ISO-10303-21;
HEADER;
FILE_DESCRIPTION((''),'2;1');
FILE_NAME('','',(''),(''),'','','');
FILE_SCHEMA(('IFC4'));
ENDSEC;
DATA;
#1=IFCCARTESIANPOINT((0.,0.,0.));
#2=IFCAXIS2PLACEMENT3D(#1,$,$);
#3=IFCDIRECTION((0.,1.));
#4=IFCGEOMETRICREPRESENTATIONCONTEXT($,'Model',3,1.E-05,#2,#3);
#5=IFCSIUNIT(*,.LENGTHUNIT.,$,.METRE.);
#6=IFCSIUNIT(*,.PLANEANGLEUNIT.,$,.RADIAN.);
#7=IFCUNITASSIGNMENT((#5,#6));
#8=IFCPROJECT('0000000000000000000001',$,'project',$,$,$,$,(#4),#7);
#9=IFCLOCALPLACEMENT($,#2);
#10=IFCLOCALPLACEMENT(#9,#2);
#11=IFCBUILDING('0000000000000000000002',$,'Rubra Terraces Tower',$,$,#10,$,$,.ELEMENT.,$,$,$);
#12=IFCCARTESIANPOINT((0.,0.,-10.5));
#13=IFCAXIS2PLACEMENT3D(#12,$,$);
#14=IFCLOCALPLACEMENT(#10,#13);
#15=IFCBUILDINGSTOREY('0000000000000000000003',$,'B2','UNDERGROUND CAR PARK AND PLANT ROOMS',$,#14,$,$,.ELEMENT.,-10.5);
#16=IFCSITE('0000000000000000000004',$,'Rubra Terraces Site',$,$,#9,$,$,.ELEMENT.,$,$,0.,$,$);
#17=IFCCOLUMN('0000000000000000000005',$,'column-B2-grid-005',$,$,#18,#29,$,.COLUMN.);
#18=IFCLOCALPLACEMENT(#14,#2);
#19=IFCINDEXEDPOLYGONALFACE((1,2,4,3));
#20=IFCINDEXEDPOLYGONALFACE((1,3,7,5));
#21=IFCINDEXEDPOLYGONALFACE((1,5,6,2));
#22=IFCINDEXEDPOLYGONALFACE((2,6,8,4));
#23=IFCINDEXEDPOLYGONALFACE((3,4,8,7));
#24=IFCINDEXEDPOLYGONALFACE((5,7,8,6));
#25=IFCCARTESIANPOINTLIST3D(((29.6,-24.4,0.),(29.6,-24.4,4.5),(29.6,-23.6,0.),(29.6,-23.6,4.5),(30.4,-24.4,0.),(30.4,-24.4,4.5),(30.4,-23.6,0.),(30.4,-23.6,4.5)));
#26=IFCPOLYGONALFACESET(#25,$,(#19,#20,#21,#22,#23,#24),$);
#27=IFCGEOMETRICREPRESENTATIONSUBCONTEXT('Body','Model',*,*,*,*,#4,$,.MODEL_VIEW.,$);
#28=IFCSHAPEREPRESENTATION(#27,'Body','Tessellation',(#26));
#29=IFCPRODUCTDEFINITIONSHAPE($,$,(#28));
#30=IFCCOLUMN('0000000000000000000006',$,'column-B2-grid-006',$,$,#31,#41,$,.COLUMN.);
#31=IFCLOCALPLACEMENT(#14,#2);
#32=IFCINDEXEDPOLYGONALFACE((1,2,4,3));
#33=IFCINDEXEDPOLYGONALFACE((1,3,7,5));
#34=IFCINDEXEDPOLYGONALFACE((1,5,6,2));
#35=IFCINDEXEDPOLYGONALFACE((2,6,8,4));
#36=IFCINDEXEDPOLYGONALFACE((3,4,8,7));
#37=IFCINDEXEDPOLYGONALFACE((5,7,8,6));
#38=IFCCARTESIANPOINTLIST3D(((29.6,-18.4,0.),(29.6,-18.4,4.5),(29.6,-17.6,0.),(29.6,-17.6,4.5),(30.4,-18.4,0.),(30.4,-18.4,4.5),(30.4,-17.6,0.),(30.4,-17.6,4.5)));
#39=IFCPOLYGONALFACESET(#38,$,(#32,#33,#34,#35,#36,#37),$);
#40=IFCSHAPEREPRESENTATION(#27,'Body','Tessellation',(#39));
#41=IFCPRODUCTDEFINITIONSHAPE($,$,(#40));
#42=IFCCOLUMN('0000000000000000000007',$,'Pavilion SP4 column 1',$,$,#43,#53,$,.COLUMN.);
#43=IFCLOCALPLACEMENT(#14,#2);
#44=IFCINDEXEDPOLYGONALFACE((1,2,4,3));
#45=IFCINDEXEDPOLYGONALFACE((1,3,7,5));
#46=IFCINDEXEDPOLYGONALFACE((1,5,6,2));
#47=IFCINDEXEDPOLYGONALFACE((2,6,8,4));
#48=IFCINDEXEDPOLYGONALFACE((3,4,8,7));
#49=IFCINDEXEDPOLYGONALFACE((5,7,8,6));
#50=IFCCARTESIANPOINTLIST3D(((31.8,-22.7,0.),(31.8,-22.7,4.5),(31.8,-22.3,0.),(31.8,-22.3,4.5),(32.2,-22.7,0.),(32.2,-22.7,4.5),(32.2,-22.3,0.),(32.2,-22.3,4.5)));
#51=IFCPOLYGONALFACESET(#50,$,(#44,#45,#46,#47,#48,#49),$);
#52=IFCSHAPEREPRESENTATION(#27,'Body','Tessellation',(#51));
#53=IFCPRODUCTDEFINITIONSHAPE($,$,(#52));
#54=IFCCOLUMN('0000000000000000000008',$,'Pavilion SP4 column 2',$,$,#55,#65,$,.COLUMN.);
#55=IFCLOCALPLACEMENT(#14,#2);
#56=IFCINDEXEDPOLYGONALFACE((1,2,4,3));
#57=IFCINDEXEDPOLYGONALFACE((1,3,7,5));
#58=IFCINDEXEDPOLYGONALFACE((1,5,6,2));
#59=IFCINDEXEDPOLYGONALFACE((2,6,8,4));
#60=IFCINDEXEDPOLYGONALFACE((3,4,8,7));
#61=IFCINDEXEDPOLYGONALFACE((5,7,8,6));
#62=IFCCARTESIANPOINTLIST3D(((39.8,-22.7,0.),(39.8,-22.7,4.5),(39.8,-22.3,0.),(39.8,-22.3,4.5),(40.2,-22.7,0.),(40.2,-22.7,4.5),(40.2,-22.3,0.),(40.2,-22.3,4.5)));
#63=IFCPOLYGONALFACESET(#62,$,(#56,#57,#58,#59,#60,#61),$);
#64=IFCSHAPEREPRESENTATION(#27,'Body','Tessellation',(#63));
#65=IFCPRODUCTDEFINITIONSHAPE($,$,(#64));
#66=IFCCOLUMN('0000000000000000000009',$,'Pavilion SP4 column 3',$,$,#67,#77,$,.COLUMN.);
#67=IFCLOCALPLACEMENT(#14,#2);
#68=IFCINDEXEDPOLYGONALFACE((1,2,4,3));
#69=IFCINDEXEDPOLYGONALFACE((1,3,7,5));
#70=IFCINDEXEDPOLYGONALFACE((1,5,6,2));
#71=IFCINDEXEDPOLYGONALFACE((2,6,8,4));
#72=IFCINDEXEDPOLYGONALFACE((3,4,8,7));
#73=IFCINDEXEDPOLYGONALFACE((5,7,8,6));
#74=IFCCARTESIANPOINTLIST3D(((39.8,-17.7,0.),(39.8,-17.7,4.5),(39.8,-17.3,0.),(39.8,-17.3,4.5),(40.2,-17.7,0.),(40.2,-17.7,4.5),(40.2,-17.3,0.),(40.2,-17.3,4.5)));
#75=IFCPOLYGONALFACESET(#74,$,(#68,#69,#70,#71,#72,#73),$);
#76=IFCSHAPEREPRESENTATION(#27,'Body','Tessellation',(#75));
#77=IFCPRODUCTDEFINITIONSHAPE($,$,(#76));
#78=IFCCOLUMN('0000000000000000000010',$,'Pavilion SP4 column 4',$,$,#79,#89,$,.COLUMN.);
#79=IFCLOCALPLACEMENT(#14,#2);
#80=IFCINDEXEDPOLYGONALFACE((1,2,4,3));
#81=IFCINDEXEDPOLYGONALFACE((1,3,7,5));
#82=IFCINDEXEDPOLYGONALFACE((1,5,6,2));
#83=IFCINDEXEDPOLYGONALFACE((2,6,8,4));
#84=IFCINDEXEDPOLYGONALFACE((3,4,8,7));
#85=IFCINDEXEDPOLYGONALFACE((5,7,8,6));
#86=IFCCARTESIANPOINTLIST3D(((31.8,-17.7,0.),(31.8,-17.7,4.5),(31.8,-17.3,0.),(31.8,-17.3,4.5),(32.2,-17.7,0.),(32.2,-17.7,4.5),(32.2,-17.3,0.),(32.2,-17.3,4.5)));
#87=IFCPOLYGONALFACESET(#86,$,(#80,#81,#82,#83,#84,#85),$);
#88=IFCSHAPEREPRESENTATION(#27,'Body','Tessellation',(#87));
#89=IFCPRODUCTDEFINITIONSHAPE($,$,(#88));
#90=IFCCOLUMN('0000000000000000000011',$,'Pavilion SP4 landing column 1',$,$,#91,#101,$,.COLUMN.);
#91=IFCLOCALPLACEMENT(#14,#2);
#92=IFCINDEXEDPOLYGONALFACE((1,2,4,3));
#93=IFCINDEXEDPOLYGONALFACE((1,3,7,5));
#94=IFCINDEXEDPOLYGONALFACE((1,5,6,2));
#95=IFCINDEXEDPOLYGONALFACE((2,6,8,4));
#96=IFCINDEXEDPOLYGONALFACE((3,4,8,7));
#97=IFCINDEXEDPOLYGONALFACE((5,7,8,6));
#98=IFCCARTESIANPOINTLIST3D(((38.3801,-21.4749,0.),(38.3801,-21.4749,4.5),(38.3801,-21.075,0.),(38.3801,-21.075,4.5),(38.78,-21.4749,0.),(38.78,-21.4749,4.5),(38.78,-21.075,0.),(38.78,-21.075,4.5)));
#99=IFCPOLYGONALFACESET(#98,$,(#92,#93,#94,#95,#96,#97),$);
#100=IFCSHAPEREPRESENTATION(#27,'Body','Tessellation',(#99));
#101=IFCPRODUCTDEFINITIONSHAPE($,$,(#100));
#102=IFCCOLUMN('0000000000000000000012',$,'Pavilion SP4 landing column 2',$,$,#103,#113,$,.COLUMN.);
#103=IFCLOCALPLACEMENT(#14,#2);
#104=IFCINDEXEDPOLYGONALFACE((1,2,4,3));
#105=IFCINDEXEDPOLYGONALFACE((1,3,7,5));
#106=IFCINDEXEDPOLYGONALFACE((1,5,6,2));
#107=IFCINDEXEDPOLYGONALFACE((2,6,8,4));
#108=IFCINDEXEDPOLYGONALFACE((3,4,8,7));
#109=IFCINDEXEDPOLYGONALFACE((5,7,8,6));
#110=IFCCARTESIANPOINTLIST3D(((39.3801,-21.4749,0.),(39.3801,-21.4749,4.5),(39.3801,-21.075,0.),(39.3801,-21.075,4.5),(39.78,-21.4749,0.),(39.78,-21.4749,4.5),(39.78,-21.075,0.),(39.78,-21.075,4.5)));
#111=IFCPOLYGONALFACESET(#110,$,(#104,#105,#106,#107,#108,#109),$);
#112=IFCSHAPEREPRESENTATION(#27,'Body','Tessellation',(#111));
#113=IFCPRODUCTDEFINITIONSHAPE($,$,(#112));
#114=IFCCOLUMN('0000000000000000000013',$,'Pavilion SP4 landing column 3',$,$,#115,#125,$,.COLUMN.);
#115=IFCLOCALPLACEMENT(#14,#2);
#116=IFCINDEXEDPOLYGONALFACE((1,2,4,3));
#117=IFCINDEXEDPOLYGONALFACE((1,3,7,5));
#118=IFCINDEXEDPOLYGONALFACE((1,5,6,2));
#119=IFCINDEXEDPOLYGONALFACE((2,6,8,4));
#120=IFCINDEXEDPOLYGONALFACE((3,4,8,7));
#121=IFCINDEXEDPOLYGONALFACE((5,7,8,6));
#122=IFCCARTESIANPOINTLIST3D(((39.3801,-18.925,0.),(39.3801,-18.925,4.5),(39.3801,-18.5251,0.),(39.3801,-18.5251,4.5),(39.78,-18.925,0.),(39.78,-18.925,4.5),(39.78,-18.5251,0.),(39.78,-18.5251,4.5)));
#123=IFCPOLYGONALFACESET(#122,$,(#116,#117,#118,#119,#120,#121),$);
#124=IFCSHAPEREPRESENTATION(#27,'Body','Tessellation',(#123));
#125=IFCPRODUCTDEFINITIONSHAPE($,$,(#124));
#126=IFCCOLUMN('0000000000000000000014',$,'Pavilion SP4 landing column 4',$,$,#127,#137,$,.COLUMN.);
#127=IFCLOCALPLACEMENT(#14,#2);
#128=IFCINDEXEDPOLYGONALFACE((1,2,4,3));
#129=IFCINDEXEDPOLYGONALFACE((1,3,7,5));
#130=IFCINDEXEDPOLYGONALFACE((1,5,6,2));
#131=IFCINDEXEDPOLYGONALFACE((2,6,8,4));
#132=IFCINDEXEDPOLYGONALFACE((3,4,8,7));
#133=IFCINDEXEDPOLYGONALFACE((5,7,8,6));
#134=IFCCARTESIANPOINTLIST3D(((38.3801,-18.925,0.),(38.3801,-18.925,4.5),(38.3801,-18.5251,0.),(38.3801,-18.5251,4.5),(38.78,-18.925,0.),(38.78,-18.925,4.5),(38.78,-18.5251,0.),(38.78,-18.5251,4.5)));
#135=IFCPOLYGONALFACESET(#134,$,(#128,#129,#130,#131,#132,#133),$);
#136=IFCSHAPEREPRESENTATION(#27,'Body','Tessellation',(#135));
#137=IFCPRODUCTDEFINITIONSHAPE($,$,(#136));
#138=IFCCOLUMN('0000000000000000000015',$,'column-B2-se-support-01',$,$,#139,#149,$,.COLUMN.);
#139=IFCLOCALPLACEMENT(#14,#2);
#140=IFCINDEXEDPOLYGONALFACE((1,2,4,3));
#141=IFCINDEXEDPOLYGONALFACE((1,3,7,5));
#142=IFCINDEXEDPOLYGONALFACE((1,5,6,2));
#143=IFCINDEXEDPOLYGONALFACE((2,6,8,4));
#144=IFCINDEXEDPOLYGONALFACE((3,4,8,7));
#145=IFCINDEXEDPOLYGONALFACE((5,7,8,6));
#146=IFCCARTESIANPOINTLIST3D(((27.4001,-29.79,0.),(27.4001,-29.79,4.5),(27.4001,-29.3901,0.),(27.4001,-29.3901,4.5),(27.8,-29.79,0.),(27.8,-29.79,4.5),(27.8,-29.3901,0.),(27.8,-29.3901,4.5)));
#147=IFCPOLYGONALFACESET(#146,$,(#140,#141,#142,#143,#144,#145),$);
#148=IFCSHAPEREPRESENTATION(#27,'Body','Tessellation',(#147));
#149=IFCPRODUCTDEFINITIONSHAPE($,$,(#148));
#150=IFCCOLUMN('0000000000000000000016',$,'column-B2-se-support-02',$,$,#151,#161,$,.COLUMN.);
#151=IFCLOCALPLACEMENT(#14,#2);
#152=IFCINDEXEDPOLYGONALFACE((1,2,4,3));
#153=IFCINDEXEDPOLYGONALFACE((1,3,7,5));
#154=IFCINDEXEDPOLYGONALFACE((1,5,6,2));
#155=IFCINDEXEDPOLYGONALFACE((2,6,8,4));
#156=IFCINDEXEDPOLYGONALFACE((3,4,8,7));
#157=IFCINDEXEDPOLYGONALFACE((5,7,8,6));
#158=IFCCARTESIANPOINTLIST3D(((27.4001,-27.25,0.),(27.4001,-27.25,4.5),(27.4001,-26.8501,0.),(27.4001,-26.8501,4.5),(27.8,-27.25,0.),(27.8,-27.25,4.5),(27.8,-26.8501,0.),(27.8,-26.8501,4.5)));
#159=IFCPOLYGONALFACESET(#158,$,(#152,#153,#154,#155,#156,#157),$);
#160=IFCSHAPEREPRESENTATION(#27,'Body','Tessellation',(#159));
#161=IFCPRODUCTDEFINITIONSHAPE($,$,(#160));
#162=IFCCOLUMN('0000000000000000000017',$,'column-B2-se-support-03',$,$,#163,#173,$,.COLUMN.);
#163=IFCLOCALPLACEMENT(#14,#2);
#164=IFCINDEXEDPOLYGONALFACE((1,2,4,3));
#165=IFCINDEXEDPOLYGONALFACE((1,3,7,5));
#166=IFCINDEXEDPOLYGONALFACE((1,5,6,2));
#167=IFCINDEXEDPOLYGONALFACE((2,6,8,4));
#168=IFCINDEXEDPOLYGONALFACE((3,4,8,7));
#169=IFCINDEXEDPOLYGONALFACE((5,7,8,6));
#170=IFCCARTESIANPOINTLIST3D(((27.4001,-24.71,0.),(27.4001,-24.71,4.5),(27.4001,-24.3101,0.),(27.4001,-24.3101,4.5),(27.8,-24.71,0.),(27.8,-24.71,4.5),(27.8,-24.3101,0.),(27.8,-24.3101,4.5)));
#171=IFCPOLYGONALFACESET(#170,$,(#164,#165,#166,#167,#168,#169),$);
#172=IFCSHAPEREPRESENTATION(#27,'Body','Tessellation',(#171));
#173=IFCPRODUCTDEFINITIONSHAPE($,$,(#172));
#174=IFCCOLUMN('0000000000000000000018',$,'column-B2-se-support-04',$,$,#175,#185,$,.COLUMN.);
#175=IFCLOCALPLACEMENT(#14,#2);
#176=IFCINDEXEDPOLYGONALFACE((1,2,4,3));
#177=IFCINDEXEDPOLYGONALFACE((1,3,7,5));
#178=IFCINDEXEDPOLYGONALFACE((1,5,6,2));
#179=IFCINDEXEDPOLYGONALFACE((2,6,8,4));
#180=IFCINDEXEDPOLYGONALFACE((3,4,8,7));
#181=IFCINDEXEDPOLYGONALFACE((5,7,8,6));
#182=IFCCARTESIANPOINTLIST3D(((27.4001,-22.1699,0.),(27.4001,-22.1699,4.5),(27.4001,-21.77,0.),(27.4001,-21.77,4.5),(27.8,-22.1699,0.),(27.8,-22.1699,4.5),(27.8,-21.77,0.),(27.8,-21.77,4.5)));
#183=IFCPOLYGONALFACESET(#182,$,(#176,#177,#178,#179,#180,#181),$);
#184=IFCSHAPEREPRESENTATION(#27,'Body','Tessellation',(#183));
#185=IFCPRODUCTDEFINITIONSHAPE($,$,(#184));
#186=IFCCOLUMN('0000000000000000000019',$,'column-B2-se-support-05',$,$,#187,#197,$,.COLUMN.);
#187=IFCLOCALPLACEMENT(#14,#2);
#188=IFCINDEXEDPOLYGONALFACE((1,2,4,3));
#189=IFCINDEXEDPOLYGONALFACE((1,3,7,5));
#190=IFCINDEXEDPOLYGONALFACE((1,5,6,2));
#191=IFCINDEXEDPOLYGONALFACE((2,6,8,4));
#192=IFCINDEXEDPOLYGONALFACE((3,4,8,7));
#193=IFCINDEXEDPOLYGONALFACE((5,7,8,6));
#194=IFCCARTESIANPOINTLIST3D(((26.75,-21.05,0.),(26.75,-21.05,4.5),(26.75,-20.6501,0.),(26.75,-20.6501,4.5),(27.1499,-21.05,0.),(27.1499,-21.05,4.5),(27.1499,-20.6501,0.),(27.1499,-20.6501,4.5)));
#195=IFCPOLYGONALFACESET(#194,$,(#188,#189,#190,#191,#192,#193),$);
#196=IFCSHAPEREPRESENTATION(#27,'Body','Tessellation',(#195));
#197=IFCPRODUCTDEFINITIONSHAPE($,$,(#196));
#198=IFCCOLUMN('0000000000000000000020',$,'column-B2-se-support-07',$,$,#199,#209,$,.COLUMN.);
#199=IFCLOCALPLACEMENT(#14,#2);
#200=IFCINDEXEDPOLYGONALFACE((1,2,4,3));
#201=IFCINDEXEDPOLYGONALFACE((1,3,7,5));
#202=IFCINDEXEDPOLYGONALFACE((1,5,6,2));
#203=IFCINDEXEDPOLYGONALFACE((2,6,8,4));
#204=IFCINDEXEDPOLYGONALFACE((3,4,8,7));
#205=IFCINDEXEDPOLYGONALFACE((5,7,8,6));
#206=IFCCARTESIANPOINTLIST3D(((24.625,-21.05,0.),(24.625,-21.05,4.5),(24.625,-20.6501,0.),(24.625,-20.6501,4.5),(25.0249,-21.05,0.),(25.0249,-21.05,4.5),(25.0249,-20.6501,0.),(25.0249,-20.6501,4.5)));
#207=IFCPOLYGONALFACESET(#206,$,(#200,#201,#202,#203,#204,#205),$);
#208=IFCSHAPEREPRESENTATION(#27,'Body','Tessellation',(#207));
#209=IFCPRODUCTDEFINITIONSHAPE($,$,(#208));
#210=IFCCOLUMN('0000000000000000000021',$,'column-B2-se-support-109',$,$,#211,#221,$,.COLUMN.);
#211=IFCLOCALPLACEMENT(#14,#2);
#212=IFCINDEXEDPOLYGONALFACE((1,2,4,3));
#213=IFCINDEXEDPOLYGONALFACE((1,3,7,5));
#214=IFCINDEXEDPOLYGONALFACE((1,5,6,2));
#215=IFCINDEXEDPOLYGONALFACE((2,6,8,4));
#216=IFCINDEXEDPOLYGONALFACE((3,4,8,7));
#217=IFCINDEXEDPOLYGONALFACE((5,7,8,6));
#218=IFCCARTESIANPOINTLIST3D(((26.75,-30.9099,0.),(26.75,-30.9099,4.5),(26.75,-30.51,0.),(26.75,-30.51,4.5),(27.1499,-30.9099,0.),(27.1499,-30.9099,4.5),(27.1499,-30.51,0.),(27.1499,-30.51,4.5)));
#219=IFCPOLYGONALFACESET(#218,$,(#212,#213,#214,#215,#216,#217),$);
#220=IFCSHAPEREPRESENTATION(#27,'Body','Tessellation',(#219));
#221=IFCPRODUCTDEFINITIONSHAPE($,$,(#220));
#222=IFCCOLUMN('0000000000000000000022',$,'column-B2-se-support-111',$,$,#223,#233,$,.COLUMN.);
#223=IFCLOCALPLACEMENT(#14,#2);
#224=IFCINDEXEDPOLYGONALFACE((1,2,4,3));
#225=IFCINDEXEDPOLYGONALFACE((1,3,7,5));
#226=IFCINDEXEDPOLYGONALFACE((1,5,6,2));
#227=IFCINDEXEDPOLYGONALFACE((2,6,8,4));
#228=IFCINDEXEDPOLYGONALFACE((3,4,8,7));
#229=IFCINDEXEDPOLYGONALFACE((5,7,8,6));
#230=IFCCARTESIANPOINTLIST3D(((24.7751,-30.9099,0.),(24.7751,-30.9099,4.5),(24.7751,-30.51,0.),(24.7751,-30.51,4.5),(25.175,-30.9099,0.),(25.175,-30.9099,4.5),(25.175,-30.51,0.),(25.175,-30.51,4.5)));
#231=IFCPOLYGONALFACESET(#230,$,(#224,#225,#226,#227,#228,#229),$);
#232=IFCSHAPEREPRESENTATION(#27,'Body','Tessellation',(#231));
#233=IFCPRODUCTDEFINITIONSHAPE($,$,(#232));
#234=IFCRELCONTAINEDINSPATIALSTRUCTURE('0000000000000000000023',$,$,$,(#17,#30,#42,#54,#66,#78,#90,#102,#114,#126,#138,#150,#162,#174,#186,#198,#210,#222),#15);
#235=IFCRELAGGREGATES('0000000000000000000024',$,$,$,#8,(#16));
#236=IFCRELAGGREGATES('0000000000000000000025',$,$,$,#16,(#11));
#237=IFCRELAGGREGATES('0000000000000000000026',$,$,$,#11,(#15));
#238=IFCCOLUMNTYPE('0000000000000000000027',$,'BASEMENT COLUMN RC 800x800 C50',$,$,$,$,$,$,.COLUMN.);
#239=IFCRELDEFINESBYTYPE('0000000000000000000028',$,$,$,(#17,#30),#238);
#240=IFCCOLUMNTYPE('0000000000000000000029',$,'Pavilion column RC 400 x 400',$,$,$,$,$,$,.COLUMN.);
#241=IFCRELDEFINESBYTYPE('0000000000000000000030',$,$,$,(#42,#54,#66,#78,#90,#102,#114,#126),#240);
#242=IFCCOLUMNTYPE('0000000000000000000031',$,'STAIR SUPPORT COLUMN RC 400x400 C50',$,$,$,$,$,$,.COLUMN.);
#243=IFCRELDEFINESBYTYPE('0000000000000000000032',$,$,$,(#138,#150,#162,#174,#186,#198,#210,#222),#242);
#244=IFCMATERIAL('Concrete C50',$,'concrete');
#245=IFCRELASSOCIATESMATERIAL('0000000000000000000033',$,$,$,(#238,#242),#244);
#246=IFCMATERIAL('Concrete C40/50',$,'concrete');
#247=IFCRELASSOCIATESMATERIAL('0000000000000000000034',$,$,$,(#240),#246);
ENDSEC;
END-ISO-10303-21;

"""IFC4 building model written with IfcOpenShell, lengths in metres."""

from ifc_helpers import new_model, si_unit, direction, frame, origin, origin_2d, place, context, subcontext, project, spatial, rectangle, extrude, material, material_profile, profile_set, type_object, element, save


model = new_model("IFC4")

# Units and contexts
model_context = context("Model", 3, precision=1e-05, world=origin(), true_north=direction((0.0, 1.0)))
body_context = subcontext(model_context, "Body", "Model", "MODEL_VIEW")
ifc_project = project(units=[si_unit("LENGTHUNIT", "METRE"), si_unit("PLANEANGLEUNIT", "RADIAN")], contexts=[model_context])

# Site, building, storey
site_placement = place(None, origin())
site = spatial("IfcSite", under=ifc_project, at=site_placement, Name="Rubra Terraces Site", CompositionType="ELEMENT", RefElevation=0.0)
building_placement = place(site_placement, origin())
building = spatial("IfcBuilding", under=site, at=building_placement, Name="Rubra Terraces Tower", CompositionType="ELEMENT")
storey_placement = place(building_placement, frame((0.0, 0.0, -10.5)))
storey = spatial("IfcBuildingStorey", under=building, at=storey_placement, Name="B2", Description="UNDERGROUND CAR PARK AND PLANT ROOMS", CompositionType="ELEMENT", Elevation=-10.5)

# Columns
ifc_material_1 = material(Name="Concrete C50", Category="concrete")
ifc_material_profile_1 = material_profile(ifc_material_1, rectangle(XDim=0.8, YDim=0.8, at=origin_2d()), Name="RC 800x800")
ifc_profile_set_1 = profile_set([ifc_material_profile_1], Name="Concrete C50")
column_type_1 = type_object("IfcColumnType", Name="BASEMENT COLUMN RC 800x800 C50", PredefinedType="COLUMN", material=ifc_profile_set_1)
for number, where, z_axis, x_axis, name in (
    (1, (30.0, -24.0, 0.0), (0.0, 0.0, 1.0), (1.0, 0.0, 0.0), "column-B2-grid-005"),
    (2, (30.0, -18.0, 0.0), (0.0, 0.0, 1.0), (1.0, 0.0, 0.0), "column-B2-grid-006"),
):
    element("IfcColumn", number, at=place(storey_placement, frame(where, z_axis=z_axis, x_axis=x_axis)), inside=storey, type_object=column_type_1, Name=name, PredefinedType="COLUMN", context=body_context, shape_type="SweptSolid", body=[
        extrude(rectangle(XDim=0.8, YDim=0.8, at=origin_2d()), origin(), (0.0, 0.0, 1.0), 4.5),
    ])
ifc_material_2 = material(Name="Concrete C40/50", Category="concrete")
ifc_material_profile_2 = material_profile(ifc_material_2, rectangle(XDim=0.3999, YDim=0.3999, at=origin_2d()), Name="RC 400x400")
ifc_profile_set_2 = profile_set([ifc_material_profile_2], Name="Concrete C40/50")
column_type_2 = type_object("IfcColumnType", Name="Pavilion column RC 400 x 400", PredefinedType="COLUMN", material=ifc_profile_set_2)
for number, where, z_axis, x_axis, name in (
    (3, (32.0, -22.5, 0.0), (0.0, 0.0, 1.0), (1.0, 0.0, 0.0), "Pavilion SP4 column 1"),
    (4, (40.0, -22.5, 0.0), (0.0, 0.0, 1.0), (1.0, 0.0, 0.0), "Pavilion SP4 column 2"),
    (5, (40.0, -17.5, 0.0), (0.0, 0.0, 1.0), (1.0, 0.0, 0.0), "Pavilion SP4 column 3"),
    (6, (32.0, -17.5, 0.0), (0.0, 0.0, 1.0), (1.0, 0.0, 0.0), "Pavilion SP4 column 4"),
    (7, (38.5801, -21.2749, 0.0), (0.0, 0.0, 1.0), (1.0, 0.0, 0.0), "Pavilion SP4 landing column 1"),
    (8, (39.5801, -21.2749, 0.0), (0.0, 0.0, 1.0), (1.0, 0.0, 0.0), "Pavilion SP4 landing column 2"),
    (9, (39.5801, -18.7251, 0.0), (0.0, 0.0, 1.0), (1.0, 0.0, 0.0), "Pavilion SP4 landing column 3"),
    (10, (38.5801, -18.7251, 0.0), (0.0, 0.0, 1.0), (1.0, 0.0, 0.0), "Pavilion SP4 landing column 4"),
):
    element("IfcColumn", number, at=place(storey_placement, frame(where, z_axis=z_axis, x_axis=x_axis)), inside=storey, type_object=column_type_2, Name=name, PredefinedType="COLUMN", context=body_context, shape_type="SweptSolid", body=[
        extrude(rectangle(XDim=0.3999, YDim=0.3999, at=origin_2d()), origin(), (0.0, 0.0, 1.0), 4.5),
    ])
ifc_material_profile_3 = material_profile(ifc_material_1, rectangle(XDim=0.3999, YDim=0.3999, at=origin_2d()), Name="RC 400x400")
ifc_profile_set_3 = profile_set([ifc_material_profile_3], Name="Concrete C50")
column_type_3 = type_object("IfcColumnType", Name="STAIR SUPPORT COLUMN RC 400x400 C50", PredefinedType="COLUMN", material=ifc_profile_set_3)
for number, where, z_axis, x_axis, name in (
    (11, (27.6001, -29.5901, 0.0), (0.0, 0.0, 1.0), (1.0, 0.0, 0.0), "column-B2-se-support-01"),
    (12, (27.6001, -27.05, 0.0), (0.0, 0.0, 1.0), (1.0, 0.0, 0.0), "column-B2-se-support-02"),
    (13, (27.6001, -24.51, 0.0), (0.0, 0.0, 1.0), (1.0, 0.0, 0.0), "column-B2-se-support-03"),
    (14, (27.6001, -21.97, 0.0), (0.0, 0.0, 1.0), (1.0, 0.0, 0.0), "column-B2-se-support-04"),
    (15, (26.95, -20.8501, 0.0), (0.0, 0.0, 1.0), (1.0, 0.0, 0.0), "column-B2-se-support-05"),
    (16, (24.825, -20.8501, 0.0), (0.0, 0.0, 1.0), (1.0, 0.0, 0.0), "column-B2-se-support-07"),
    (17, (26.95, -30.71, 0.0), (0.0, 0.0, 1.0), (1.0, 0.0, 0.0), "column-B2-se-support-109"),
    (18, (24.9751, -30.71, 0.0), (0.0, 0.0, 1.0), (1.0, 0.0, 0.0), "column-B2-se-support-111"),
):
    element("IfcColumn", number, at=place(storey_placement, frame(where, z_axis=z_axis, x_axis=x_axis)), inside=storey, type_object=column_type_3, Name=name, PredefinedType="COLUMN", context=body_context, shape_type="SweptSolid", body=[
        extrude(rectangle(XDim=0.3999, YDim=0.3999, at=origin_2d()), origin(), (0.0, 0.0, 1.0), 4.5),
    ])

save(model, "model.ifc")
